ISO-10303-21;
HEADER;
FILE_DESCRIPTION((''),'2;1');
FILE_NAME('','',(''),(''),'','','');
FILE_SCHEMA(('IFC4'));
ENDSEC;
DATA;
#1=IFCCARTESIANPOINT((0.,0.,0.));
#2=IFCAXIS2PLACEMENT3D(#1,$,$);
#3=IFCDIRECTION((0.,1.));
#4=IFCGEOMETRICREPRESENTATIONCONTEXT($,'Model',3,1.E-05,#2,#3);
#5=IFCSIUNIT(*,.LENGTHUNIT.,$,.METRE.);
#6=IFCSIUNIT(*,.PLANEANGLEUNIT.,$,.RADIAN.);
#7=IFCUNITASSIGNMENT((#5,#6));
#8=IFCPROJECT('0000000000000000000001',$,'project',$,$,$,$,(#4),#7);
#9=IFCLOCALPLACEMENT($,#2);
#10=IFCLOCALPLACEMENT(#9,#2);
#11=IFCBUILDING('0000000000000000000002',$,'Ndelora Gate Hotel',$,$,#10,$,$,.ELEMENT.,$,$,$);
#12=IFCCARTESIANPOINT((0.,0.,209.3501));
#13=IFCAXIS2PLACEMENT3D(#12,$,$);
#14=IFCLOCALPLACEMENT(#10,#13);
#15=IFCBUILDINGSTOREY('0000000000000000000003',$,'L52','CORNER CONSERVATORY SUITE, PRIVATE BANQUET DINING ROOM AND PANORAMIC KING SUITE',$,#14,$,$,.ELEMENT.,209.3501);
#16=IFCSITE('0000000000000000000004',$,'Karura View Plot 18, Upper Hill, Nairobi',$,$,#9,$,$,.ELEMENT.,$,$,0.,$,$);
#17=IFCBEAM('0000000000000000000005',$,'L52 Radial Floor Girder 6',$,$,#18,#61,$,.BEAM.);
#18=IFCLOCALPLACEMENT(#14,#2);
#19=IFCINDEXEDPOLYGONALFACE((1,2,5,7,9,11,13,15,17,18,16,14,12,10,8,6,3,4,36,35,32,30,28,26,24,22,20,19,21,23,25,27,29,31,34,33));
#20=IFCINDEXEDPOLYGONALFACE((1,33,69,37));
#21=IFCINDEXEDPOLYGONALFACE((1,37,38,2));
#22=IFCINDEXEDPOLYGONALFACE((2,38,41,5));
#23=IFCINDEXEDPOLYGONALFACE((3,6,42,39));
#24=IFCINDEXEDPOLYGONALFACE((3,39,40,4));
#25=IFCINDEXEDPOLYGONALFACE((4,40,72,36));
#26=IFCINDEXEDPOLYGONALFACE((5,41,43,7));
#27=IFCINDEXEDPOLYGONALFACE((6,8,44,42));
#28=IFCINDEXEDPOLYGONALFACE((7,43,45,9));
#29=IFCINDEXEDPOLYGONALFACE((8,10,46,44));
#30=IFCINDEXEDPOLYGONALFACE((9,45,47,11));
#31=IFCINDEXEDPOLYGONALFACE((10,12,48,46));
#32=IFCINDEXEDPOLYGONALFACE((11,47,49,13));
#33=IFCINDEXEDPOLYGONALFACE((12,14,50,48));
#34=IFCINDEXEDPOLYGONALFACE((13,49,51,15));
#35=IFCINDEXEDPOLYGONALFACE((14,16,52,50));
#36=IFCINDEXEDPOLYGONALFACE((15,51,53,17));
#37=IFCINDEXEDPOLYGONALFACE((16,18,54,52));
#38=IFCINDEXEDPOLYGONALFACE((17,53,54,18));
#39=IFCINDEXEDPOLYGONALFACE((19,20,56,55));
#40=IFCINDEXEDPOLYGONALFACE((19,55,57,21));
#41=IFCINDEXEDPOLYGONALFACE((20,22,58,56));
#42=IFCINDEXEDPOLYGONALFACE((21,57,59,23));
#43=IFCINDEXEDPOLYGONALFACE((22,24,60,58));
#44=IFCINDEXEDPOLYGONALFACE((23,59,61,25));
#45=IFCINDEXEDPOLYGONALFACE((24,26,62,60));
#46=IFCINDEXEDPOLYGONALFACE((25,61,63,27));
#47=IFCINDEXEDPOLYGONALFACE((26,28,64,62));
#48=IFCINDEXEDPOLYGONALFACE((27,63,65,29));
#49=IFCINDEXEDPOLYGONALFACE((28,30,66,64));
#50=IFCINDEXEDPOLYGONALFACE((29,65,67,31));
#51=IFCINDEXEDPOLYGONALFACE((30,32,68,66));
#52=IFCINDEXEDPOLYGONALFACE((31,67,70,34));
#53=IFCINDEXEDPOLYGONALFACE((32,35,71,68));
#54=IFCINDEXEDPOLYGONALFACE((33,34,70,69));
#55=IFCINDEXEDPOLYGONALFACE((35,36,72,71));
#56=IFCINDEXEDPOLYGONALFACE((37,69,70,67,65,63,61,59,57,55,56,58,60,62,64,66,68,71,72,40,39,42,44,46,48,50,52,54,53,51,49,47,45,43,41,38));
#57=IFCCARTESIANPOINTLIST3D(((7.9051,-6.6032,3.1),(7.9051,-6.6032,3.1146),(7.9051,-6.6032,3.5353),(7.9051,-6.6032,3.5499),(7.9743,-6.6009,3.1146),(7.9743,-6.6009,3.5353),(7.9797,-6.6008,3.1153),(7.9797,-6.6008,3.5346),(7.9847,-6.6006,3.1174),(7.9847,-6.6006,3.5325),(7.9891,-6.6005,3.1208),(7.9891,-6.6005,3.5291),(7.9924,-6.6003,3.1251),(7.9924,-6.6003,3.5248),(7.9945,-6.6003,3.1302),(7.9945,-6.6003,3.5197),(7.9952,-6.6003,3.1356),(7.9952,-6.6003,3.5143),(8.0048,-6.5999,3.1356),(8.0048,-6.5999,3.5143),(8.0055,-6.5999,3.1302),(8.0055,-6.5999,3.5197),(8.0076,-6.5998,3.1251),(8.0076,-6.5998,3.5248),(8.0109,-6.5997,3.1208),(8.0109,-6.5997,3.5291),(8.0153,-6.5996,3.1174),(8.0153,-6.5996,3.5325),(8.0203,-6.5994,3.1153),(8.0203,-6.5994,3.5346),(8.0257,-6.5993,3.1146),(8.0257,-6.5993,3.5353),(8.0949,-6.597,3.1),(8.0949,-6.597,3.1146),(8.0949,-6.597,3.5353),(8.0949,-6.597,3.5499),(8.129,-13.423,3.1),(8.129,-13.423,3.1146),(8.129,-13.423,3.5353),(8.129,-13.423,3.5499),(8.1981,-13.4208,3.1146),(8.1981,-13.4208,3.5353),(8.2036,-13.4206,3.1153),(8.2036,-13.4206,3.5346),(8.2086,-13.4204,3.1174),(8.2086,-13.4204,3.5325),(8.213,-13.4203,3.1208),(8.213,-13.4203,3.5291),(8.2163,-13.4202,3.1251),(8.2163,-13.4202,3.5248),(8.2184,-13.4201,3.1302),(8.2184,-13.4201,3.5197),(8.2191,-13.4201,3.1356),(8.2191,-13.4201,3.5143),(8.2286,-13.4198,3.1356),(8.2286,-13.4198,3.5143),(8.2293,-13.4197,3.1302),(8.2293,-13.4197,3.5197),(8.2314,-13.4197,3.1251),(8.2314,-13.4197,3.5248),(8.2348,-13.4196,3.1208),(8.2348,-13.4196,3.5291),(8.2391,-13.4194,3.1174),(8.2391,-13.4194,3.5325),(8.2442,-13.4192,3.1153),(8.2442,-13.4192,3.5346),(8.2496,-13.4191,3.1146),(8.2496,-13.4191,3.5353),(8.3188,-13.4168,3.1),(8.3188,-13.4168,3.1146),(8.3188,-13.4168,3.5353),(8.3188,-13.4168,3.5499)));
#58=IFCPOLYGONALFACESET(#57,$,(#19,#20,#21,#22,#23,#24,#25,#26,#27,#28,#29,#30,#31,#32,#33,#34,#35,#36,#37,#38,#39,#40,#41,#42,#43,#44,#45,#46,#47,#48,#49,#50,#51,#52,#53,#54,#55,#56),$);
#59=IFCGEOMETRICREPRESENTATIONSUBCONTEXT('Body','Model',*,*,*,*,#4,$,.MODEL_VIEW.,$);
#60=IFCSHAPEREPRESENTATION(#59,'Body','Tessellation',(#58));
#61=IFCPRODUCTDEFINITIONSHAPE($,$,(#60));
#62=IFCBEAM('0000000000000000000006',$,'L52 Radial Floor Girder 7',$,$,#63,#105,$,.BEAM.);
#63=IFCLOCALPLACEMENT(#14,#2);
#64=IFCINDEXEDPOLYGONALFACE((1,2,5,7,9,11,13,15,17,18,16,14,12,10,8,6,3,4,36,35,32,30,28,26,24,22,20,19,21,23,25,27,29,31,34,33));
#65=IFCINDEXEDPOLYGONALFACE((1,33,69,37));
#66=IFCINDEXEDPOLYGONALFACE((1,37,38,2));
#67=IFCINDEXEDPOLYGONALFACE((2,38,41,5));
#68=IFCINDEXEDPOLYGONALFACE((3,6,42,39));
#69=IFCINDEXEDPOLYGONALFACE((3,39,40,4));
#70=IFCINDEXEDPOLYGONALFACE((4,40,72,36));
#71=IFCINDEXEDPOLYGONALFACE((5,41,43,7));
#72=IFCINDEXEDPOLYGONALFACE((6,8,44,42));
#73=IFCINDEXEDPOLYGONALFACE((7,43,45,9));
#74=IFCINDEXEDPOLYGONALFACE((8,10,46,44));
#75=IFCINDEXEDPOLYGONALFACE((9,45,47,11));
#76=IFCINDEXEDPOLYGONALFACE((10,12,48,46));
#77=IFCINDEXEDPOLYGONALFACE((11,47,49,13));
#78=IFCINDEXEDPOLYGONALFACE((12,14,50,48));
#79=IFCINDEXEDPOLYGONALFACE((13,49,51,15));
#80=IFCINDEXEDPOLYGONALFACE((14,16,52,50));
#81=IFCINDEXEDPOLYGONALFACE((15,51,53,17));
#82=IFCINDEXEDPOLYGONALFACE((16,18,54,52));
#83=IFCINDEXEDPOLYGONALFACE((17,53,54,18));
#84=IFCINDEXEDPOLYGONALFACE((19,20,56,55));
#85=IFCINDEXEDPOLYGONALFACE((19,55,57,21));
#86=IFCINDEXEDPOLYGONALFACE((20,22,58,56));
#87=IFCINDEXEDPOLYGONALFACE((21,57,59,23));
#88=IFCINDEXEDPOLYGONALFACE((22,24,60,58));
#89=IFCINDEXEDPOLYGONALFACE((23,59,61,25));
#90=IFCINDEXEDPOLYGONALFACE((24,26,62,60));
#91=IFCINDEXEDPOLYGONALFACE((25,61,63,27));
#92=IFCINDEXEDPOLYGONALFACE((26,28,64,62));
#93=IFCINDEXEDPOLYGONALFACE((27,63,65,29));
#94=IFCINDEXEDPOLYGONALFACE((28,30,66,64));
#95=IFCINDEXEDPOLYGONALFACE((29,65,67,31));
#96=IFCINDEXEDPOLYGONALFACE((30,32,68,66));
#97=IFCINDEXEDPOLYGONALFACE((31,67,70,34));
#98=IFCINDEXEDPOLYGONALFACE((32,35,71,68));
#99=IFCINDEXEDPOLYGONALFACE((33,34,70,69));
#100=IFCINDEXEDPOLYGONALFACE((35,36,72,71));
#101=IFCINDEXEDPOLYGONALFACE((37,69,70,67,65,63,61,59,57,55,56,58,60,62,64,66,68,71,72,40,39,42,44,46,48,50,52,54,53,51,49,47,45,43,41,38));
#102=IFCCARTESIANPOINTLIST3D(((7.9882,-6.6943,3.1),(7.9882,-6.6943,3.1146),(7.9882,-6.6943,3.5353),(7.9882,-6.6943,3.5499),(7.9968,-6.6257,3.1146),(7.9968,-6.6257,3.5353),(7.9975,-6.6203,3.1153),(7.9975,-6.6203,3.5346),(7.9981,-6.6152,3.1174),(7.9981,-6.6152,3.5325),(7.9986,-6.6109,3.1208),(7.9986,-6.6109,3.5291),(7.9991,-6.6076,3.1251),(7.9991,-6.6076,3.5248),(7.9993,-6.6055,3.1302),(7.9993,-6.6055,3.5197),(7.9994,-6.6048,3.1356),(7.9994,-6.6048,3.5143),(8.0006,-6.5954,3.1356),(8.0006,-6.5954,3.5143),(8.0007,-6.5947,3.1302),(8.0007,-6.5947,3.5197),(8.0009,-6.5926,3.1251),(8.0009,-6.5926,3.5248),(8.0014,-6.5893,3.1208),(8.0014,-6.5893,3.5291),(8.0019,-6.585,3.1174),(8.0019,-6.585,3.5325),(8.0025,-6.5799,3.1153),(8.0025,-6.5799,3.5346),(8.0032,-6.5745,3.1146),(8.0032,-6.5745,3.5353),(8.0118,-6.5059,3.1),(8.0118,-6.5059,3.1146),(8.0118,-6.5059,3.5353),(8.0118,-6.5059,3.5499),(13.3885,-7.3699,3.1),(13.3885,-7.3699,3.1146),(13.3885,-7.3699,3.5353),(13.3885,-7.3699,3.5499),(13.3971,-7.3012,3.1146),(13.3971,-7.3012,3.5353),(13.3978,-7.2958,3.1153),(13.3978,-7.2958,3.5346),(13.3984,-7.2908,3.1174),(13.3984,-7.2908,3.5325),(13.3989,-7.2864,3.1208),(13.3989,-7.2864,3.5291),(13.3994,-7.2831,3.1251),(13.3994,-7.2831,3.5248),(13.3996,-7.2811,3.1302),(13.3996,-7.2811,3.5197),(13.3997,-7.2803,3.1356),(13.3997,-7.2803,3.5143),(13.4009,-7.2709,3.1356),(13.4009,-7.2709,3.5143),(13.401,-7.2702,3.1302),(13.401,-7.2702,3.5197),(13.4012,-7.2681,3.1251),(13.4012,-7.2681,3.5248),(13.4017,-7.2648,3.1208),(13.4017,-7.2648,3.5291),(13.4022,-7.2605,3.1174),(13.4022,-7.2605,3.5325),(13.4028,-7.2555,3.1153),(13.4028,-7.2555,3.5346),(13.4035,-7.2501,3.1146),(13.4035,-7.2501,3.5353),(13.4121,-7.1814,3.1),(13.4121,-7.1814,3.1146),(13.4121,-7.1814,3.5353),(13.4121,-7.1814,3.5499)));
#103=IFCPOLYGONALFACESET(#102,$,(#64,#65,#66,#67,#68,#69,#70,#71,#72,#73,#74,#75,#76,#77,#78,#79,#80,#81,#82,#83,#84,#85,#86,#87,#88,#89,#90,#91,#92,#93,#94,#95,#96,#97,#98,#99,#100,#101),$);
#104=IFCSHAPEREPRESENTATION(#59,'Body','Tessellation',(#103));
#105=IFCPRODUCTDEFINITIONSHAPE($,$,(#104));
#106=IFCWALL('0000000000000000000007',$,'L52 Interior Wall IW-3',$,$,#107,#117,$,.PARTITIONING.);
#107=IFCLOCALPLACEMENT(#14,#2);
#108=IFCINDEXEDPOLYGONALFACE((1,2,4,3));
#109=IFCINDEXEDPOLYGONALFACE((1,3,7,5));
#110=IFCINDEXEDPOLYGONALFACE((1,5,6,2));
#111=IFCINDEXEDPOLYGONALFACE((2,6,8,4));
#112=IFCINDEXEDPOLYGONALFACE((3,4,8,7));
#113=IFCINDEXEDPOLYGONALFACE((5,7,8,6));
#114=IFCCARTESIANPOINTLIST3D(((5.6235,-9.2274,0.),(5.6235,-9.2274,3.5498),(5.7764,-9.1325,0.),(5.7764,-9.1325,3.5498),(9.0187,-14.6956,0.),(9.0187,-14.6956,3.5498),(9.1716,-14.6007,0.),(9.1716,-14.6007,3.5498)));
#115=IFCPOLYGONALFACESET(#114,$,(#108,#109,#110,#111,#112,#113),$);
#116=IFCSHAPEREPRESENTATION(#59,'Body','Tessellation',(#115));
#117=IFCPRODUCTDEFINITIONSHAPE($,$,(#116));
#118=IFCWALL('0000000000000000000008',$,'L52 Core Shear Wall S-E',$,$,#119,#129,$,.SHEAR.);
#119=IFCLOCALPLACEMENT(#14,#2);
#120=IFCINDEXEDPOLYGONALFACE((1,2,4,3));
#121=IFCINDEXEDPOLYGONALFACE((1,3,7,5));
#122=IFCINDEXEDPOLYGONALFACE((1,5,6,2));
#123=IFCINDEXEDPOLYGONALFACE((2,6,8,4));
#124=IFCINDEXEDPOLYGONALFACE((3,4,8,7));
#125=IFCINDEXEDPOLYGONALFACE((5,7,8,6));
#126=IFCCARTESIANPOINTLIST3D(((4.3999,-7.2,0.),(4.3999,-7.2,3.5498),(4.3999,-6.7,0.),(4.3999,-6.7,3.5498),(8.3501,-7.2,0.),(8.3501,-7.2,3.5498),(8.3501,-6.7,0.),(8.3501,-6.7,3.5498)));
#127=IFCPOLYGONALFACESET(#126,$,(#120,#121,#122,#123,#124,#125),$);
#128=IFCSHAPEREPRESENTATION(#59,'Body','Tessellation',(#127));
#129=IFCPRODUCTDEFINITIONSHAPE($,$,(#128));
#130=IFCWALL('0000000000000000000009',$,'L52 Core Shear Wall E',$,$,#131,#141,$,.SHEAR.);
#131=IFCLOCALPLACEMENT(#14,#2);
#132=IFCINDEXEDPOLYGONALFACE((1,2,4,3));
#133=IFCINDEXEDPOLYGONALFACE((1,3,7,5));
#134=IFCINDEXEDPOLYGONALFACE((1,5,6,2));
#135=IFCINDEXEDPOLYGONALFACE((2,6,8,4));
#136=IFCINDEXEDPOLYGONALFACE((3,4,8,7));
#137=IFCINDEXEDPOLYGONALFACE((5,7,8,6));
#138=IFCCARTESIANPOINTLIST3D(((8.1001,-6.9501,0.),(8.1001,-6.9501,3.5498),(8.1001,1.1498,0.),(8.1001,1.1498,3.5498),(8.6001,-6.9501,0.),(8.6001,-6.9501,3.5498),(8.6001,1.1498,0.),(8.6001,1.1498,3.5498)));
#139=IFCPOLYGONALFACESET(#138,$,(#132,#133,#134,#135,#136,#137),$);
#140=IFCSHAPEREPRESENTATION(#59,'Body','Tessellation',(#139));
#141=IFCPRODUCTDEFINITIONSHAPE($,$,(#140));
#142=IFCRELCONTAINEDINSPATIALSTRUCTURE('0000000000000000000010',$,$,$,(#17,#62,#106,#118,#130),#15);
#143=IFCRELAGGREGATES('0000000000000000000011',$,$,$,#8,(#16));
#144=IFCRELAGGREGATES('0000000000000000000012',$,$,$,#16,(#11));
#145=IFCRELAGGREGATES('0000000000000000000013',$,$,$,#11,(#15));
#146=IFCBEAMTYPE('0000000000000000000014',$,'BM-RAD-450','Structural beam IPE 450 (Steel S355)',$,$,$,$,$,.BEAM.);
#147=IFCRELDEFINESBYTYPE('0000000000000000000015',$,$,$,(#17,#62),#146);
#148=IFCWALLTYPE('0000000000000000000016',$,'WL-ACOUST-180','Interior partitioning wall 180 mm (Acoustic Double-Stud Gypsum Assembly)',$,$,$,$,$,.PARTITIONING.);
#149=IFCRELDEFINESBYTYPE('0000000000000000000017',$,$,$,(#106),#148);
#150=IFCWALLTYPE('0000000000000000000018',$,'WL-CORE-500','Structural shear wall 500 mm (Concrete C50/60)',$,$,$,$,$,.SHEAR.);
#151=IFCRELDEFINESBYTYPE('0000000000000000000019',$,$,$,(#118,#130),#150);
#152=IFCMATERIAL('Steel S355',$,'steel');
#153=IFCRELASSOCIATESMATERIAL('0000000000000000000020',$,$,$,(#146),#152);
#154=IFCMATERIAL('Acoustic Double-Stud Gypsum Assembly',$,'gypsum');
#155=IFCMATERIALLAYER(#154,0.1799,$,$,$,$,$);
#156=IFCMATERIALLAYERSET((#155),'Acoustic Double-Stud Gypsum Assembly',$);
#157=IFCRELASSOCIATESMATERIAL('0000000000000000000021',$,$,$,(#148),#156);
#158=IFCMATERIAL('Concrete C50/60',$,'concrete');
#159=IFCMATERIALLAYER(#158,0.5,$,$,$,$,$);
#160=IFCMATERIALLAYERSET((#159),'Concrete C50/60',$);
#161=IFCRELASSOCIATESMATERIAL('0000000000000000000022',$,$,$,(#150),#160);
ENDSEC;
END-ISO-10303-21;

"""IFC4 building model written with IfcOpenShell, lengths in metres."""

from ifc_helpers import new_model, si_unit, direction, frame, frame_2d, origin, origin_2d, place, context, subcontext, project, spatial, rectangle, i_section, extrude, material, layer, layer_set, material_profile, profile_set, type_object, element, save


model = new_model("IFC4")

# Units and contexts
model_context = context("Model", 3, precision=1e-05, world=origin(), true_north=direction((0.0, 1.0)))
body_context = subcontext(model_context, "Body", "Model", "MODEL_VIEW")
ifc_project = project(units=[si_unit("LENGTHUNIT", "METRE"), si_unit("PLANEANGLEUNIT", "RADIAN")], contexts=[model_context])

# Site, building, storey
site_placement = place(None, origin())
site = spatial("IfcSite", under=ifc_project, at=site_placement, Name="Karura View Plot 18, Upper Hill, Nairobi", CompositionType="ELEMENT", RefElevation=0.0)
building_placement = place(site_placement, origin())
building = spatial("IfcBuilding", under=site, at=building_placement, Name="Ndelora Gate Hotel", CompositionType="ELEMENT")
storey_placement = place(building_placement, frame((0.0, 0.0, 209.3501)))
storey = spatial("IfcBuildingStorey", under=building, at=storey_placement, Name="L52", Description="CORNER CONSERVATORY SUITE, PRIVATE BANQUET DINING ROOM AND PANORAMIC KING SUITE", CompositionType="ELEMENT", Elevation=209.3501)

# Shared definitions
ifc_material_1 = material(Name="Concrete C50/60", Category="concrete")

# Beams
ifc_material_2 = material(Name="Steel S355", Category="steel")
ifc_material_profile_1 = material_profile(ifc_material_2, i_section(OverallWidth=0.1899, OverallDepth=0.45, WebThickness=0.0095, FlangeThickness=0.0146, FilletRadius=0.021, at=origin_2d()), Name="IPE 450")
ifc_profile_set_1 = profile_set([ifc_material_profile_1], Name="Steel S355")
beam_type_1 = type_object("IfcBeamType", Name="BM-RAD-450", Description="Structural beam IPE 450 (Steel S355)", PredefinedType="BEAM", material=ifc_profile_set_1)
beam_1_placement = place(storey_placement, frame((8.0, -6.6001, 3.325), z_axis=(0.03281, -0.999462, 0.0), x_axis=(0.999462, 0.03281, 0.0)))
element("IfcBeam", 1, at=beam_1_placement, inside=storey, type_object=beam_type_1, Name="L52 Radial Floor Girder 6", PredefinedType="BEAM", context=body_context, shape_type="SweptSolid", body=[
    extrude(i_section(OverallWidth=0.1899, OverallDepth=0.45, WebThickness=0.0095, FlangeThickness=0.0146, FilletRadius=0.021, at=origin_2d()), origin(), (0.0, 0.0, 1.0), 6.8235),
])
beam_2_placement = place(storey_placement, frame((8.0, -6.6001, 3.325), z_axis=(0.992267, -0.124123, 0.0), x_axis=(0.124123, 0.992267, 0.0)))
element("IfcBeam", 2, at=beam_2_placement, inside=storey, type_object=beam_type_1, Name="L52 Radial Floor Girder 7", PredefinedType="BEAM", context=body_context, shape_type="SweptSolid", body=[
    extrude(i_section(OverallWidth=0.1899, OverallDepth=0.45, WebThickness=0.0095, FlangeThickness=0.0146, FilletRadius=0.021, at=origin_2d()), origin(), (0.0, 0.0, 1.0), 5.4424),
])

# Walls
ifc_material_3 = material(Name="Acoustic Double-Stud Gypsum Assembly", Category="gypsum")
ifc_layer_1 = layer(ifc_material_3, 0.1799)
ifc_layer_set_1 = layer_set([ifc_layer_1], Name="Acoustic Double-Stud Gypsum Assembly")
wall_type_1 = type_object("IfcWallType", Name="WL-ACOUST-180", Description="Interior partitioning wall 180 mm (Acoustic Double-Stud Gypsum Assembly)", PredefinedType="PARTITIONING", material=ifc_layer_set_1)
wall_1_placement = place(storey_placement, frame((5.7, -9.1799, 0.0), z_axis=(0.0, 0.0, 1.0), x_axis=(0.527494, -0.849559, 0.0)))
element("IfcWall", 3, at=wall_1_placement, inside=storey, type_object=wall_type_1, Name="L52 Interior Wall IW-3", PredefinedType="PARTITIONING", context=body_context, shape_type="SweptSolid", body=[
    extrude(rectangle(XDim=6.4365, YDim=0.1799, at=frame_2d((3.2183, 0.0))), origin(), (0.0, 0.0, 1.0), 3.5498),
])
ifc_layer_2 = layer(ifc_material_1, 0.5)
ifc_layer_set_2 = layer_set([ifc_layer_2], Name="Concrete C50/60")
wall_type_2 = type_object("IfcWallType", Name="WL-CORE-500", Description="Structural shear wall 500 mm (Concrete C50/60)", PredefinedType="SHEAR", material=ifc_layer_set_2)
wall_2_placement = place(storey_placement, frame((4.3999, -6.95, 0.0), z_axis=(0.0, 0.0, 1.0), x_axis=(1.0, 0.0, 0.0)))
element("IfcWall", 4, at=wall_2_placement, inside=storey, type_object=wall_type_2, Name="L52 Core Shear Wall S-E", PredefinedType="SHEAR", context=body_context, shape_type="SweptSolid", body=[
    extrude(rectangle(XDim=3.9502, YDim=0.5, at=frame_2d((1.9751, 0.0))), origin(), (0.0, 0.0, 1.0), 3.5498),
])
wall_3_placement = place(storey_placement, frame((8.3501, -6.95, 0.0), z_axis=(0.0, 0.0, 1.0), x_axis=(0.0, 1.0, 0.0)))
element("IfcWall", 5, at=wall_3_placement, inside=storey, type_object=wall_type_2, Name="L52 Core Shear Wall E", PredefinedType="SHEAR", context=body_context, shape_type="SweptSolid", body=[
    extrude(rectangle(XDim=8.0999, YDim=0.5, at=frame_2d((4.0498, 0.0))), origin(), (0.0, 0.0, 1.0), 3.5498),
])

save(model, "model.ifc")
